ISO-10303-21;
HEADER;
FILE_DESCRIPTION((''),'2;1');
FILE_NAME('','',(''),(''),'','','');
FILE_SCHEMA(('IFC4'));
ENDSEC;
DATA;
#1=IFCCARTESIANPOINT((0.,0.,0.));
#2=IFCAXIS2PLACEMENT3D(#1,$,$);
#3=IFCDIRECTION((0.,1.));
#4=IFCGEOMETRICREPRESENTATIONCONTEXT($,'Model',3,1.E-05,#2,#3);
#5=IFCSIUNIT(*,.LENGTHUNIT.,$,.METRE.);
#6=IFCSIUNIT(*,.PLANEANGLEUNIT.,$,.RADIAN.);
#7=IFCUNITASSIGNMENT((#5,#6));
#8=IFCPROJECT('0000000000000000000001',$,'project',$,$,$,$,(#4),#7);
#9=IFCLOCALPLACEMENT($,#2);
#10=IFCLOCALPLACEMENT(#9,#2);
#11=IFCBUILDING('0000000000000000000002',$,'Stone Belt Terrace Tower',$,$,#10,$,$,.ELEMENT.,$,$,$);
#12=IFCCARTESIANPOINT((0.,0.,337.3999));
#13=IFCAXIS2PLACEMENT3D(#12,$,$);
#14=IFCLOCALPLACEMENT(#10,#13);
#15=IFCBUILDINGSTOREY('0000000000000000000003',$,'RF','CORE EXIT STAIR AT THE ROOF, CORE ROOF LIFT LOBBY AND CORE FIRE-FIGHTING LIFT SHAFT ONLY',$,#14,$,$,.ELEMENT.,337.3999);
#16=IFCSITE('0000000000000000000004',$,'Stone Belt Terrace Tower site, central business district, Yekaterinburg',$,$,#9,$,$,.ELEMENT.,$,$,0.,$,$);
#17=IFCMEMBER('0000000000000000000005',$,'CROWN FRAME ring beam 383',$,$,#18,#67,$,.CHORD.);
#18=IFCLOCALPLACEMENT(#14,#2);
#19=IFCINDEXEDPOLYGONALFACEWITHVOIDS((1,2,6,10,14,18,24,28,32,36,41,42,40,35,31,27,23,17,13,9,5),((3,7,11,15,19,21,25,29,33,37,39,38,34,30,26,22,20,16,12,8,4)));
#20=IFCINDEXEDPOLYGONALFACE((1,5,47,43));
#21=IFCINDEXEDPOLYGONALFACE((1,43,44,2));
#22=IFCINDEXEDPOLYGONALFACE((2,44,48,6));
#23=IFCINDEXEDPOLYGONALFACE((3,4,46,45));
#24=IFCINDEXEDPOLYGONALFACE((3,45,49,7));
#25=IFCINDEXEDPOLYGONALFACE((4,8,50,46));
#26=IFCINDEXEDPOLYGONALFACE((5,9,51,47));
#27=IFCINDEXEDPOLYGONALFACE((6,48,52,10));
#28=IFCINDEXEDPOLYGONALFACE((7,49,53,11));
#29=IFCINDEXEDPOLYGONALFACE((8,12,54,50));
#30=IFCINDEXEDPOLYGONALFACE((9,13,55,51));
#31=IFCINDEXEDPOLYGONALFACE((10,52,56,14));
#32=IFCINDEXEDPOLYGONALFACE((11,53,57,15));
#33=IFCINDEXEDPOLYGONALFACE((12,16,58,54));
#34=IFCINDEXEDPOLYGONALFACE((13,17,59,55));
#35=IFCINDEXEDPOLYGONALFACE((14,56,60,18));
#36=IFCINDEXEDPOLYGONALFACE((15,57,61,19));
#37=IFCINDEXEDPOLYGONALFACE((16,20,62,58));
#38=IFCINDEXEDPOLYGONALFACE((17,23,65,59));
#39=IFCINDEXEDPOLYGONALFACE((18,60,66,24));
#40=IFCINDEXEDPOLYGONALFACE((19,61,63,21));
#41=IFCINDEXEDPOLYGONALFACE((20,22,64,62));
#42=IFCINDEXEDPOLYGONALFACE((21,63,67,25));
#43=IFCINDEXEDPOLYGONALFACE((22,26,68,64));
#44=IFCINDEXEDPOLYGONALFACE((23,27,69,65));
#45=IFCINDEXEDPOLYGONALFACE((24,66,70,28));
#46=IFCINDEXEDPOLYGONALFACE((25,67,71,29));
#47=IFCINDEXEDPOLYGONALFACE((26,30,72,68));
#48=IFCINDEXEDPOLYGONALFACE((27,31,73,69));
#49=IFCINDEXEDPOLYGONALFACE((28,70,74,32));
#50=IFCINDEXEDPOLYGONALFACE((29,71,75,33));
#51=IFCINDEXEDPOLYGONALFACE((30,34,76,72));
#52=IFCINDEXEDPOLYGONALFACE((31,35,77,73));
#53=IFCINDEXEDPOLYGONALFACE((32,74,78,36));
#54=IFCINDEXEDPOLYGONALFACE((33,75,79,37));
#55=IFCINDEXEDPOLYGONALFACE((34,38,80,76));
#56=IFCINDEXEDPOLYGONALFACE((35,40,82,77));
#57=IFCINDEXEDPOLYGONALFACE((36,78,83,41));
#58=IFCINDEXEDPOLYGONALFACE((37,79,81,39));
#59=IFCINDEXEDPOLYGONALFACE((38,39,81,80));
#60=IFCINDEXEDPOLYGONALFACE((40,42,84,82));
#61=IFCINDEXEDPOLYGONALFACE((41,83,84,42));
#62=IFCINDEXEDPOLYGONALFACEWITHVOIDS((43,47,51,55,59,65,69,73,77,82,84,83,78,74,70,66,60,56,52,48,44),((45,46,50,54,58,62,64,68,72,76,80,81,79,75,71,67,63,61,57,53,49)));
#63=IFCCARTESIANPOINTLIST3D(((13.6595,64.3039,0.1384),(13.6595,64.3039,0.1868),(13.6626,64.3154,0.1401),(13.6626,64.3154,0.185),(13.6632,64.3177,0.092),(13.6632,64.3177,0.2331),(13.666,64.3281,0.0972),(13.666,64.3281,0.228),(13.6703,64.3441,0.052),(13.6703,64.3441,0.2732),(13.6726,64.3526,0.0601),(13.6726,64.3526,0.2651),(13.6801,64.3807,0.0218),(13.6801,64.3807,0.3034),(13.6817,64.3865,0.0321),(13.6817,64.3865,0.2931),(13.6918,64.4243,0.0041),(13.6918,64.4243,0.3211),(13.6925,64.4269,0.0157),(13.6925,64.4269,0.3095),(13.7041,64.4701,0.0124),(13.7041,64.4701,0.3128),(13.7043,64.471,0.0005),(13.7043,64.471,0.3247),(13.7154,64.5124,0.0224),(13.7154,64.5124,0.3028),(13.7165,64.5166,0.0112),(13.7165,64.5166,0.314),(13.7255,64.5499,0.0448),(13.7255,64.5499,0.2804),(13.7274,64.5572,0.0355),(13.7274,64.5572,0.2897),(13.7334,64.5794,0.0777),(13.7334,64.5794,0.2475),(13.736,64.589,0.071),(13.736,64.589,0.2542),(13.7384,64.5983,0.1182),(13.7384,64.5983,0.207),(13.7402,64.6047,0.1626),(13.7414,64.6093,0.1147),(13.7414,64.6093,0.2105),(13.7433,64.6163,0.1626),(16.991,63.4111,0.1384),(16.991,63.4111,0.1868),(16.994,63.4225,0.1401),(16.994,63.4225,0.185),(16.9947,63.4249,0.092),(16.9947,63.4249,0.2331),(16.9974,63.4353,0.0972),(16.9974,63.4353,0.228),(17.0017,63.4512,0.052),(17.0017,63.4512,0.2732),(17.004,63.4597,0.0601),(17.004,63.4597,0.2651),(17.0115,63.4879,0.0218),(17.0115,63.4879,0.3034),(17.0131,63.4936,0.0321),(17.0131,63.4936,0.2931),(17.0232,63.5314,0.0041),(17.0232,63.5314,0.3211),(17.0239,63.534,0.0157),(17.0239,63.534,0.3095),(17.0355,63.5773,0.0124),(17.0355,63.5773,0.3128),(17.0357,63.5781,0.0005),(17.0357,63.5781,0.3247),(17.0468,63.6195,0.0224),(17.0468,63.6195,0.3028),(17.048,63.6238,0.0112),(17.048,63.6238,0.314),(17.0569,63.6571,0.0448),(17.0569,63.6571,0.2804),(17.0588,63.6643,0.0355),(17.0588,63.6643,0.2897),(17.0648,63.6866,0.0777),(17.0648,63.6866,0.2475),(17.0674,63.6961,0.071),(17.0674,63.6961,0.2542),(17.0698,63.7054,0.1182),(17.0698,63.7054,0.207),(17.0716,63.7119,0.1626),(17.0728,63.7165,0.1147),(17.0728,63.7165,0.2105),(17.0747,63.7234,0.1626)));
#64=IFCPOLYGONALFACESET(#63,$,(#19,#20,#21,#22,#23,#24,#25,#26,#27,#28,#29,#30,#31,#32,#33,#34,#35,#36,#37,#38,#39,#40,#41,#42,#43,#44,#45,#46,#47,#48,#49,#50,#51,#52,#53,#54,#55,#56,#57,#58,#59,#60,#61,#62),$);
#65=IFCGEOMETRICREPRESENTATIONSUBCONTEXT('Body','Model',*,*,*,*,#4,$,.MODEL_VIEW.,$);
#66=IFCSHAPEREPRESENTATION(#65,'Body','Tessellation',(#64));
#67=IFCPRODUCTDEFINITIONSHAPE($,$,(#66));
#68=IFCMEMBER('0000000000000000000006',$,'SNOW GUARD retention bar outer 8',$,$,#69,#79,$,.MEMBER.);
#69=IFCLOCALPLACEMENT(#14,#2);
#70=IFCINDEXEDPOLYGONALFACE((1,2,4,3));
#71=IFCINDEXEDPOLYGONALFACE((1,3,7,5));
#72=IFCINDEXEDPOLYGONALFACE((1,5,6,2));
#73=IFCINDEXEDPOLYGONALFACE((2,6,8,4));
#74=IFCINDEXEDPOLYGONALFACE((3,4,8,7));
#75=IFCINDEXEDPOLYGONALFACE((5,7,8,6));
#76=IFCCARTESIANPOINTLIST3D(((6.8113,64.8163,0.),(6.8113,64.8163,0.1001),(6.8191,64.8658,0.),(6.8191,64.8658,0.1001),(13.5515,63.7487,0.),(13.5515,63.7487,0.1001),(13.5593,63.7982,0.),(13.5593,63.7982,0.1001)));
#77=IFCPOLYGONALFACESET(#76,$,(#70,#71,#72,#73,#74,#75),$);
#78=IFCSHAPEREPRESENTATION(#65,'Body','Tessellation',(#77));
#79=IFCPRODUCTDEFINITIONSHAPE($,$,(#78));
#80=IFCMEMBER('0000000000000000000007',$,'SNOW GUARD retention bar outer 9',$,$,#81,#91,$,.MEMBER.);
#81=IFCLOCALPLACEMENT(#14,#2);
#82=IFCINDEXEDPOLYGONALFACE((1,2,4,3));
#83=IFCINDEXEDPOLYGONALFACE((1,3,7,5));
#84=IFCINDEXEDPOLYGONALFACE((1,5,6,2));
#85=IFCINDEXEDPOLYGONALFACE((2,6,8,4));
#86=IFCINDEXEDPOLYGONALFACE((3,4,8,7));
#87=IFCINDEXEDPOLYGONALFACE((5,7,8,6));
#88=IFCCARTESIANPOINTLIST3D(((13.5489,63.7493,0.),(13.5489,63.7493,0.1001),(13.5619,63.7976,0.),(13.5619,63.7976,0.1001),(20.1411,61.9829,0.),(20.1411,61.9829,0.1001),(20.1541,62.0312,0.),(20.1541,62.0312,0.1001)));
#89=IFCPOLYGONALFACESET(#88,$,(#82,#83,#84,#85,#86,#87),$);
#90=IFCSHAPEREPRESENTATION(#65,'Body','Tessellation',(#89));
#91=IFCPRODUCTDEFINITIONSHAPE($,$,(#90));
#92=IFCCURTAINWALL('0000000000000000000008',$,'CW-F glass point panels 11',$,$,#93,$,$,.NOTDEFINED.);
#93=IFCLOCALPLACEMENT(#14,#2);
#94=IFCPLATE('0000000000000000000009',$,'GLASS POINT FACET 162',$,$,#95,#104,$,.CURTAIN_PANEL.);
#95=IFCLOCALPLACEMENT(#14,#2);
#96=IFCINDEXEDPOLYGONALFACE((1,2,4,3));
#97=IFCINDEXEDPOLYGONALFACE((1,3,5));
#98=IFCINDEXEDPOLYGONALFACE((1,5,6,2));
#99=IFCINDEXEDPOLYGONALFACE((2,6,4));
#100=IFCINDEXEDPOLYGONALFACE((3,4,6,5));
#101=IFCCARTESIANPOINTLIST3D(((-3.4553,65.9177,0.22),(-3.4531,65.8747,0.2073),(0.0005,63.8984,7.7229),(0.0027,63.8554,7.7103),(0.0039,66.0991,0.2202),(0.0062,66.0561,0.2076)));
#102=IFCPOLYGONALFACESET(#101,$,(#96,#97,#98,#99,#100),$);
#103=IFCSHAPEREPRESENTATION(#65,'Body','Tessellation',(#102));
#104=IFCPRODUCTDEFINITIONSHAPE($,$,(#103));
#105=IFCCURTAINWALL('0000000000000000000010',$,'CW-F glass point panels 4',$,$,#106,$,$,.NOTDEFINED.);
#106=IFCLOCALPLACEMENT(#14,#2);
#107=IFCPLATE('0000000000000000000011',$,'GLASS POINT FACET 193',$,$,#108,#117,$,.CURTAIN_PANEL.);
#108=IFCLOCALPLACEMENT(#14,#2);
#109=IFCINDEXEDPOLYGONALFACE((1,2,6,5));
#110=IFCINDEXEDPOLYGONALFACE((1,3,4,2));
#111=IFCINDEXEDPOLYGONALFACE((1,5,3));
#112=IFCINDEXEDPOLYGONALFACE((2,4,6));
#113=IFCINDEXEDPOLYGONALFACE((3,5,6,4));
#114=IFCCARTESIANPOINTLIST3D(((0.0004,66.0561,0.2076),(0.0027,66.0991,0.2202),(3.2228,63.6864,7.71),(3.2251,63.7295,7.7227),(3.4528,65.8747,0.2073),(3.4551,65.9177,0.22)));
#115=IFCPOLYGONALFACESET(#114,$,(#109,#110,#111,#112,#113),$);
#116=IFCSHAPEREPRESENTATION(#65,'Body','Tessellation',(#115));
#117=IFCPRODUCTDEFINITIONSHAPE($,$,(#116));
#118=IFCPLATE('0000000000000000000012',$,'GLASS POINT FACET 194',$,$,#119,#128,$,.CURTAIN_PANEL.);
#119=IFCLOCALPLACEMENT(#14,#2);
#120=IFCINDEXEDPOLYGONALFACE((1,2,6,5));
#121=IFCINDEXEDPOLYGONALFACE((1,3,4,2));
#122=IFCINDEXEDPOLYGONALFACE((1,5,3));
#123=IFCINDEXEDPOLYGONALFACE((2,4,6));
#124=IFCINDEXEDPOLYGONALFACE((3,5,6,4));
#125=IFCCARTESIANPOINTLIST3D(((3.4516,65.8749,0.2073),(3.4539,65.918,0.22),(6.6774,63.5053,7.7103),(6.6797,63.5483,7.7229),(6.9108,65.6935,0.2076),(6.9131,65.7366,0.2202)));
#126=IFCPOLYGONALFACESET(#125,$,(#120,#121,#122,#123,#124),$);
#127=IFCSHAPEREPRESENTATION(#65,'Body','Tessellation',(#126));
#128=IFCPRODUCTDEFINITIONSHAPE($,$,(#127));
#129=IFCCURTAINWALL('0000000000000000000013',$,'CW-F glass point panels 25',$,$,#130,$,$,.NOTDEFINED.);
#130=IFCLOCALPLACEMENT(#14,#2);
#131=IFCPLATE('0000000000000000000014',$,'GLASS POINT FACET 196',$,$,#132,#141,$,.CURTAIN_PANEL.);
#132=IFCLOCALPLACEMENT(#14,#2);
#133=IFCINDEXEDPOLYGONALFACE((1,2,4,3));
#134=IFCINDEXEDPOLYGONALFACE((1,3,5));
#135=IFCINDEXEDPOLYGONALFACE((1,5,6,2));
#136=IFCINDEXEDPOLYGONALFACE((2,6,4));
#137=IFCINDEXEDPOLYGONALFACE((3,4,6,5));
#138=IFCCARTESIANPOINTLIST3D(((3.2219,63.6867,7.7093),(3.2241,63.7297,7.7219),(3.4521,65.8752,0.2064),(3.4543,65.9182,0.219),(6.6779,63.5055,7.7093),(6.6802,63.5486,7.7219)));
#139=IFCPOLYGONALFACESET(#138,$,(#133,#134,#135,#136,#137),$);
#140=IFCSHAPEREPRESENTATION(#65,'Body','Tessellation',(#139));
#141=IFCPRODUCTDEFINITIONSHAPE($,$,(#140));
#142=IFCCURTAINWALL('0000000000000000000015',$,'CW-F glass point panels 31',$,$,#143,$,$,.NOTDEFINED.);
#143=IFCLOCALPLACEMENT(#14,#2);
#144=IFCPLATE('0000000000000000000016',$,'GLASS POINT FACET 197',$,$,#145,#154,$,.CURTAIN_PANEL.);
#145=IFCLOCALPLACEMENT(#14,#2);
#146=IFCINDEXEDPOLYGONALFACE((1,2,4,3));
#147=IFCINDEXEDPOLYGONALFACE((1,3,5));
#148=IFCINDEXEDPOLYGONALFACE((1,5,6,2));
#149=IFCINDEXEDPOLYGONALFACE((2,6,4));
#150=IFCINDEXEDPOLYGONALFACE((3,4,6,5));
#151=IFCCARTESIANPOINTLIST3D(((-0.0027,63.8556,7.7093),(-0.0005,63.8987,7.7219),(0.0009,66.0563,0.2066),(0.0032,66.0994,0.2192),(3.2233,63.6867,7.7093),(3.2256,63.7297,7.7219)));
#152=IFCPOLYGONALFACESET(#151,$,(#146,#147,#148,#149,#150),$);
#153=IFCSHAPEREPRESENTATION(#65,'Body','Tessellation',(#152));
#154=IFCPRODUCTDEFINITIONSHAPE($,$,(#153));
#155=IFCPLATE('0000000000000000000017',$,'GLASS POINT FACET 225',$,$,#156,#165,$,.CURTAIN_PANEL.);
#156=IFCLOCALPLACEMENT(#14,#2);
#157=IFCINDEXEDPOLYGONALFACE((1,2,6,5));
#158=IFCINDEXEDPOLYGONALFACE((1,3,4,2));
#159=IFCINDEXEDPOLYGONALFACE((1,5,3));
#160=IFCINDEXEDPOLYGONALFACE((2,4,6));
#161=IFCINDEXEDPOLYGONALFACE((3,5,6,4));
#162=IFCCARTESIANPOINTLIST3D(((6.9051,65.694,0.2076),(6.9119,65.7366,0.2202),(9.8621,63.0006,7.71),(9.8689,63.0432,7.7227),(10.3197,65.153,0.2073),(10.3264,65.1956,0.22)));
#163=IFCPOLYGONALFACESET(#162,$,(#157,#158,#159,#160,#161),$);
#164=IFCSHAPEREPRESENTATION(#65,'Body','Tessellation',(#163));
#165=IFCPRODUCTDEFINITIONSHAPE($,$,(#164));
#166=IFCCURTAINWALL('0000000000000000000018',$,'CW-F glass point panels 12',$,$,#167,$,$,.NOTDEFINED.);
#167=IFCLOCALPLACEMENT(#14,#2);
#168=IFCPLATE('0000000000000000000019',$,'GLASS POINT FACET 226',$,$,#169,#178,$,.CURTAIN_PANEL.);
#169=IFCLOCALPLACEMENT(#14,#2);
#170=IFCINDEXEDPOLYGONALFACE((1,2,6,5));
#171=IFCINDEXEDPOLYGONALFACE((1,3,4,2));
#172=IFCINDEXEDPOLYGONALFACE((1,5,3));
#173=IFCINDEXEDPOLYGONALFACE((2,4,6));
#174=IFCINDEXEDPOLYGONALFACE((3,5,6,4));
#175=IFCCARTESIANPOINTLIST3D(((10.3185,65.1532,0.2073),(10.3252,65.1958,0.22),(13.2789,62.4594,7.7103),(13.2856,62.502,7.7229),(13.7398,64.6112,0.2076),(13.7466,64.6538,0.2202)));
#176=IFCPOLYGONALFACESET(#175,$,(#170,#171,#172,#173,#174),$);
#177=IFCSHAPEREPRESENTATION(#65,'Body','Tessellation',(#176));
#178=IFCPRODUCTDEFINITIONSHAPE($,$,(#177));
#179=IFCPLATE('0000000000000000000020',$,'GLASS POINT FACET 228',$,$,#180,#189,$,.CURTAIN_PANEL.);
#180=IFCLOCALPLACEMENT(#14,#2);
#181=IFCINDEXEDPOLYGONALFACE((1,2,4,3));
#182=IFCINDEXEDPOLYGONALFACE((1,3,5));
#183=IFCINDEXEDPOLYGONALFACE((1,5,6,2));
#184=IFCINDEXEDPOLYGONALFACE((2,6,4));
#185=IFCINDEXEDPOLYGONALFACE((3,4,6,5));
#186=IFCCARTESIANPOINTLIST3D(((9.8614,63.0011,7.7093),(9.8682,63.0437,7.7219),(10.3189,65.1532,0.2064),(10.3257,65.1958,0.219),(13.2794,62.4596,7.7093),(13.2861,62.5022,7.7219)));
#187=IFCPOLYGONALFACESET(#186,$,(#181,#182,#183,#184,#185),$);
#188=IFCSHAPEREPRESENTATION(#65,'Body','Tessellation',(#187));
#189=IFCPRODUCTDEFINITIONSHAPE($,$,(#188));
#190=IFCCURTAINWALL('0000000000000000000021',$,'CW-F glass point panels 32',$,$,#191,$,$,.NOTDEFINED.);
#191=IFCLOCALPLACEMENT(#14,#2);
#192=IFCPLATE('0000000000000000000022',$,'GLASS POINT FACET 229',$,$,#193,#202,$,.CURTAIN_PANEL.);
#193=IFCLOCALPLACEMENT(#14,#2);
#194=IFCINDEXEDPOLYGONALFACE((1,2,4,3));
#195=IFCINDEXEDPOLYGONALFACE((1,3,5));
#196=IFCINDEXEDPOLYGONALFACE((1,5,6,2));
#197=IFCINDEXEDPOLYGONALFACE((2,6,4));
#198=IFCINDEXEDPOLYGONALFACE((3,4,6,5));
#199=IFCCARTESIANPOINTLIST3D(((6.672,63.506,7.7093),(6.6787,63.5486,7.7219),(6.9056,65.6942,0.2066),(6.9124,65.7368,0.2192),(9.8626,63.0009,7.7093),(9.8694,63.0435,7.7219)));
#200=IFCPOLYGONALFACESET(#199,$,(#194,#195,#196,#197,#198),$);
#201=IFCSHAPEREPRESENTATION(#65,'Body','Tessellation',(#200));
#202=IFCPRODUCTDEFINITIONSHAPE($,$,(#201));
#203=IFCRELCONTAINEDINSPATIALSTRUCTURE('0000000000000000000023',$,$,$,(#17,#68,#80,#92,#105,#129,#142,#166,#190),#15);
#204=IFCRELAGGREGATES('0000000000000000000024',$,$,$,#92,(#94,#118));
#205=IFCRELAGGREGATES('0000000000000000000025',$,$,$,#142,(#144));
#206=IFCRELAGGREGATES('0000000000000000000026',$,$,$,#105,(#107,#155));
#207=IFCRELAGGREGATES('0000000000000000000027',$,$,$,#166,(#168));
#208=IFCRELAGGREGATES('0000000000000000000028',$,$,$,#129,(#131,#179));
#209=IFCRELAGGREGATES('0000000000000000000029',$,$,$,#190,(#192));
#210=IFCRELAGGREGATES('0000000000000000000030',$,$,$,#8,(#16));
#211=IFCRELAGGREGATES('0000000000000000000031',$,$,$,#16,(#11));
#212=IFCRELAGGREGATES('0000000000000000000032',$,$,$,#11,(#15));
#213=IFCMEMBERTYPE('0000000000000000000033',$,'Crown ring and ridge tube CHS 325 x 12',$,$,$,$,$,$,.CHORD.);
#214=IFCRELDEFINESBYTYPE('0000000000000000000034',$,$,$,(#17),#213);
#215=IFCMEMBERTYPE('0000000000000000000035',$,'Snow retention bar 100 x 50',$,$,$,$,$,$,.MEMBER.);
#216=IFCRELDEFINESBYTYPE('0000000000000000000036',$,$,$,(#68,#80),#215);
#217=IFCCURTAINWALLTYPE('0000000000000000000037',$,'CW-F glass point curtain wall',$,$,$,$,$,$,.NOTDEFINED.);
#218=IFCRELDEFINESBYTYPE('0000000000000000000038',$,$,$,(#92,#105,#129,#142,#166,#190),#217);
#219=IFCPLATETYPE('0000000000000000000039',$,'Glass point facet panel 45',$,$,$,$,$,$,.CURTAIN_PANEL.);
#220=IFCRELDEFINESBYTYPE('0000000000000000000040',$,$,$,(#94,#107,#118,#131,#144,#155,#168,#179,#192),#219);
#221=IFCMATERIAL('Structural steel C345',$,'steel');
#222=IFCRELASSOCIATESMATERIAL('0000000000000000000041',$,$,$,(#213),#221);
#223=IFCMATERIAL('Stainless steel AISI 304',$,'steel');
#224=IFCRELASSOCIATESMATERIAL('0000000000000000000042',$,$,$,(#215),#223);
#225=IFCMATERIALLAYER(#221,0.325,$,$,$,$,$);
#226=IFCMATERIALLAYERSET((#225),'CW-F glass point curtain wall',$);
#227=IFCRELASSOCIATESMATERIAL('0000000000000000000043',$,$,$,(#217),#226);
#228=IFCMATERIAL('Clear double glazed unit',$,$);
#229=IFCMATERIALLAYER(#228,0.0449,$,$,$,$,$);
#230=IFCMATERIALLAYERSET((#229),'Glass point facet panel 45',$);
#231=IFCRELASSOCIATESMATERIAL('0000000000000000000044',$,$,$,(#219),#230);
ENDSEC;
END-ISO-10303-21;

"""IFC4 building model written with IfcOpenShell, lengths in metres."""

from ifc_helpers import new_model, si_unit, direction, frame, origin, origin_2d, place, context, subcontext, project, spatial, polyline, rectangle, hollow_circle, outline, extrude, material, layer, layer_set, material_profile, profile_set, type_object, element, aggregate, save


model = new_model("IFC4")

# Units and contexts
model_context = context("Model", 3, precision=1e-05, world=origin(), true_north=direction((0.0, 1.0)))
body_context = subcontext(model_context, "Body", "Model", "MODEL_VIEW")
ifc_project = project(units=[si_unit("LENGTHUNIT", "METRE"), si_unit("PLANEANGLEUNIT", "RADIAN")], contexts=[model_context])

# Site, building, storey
site_placement = place(None, origin())
site = spatial("IfcSite", under=ifc_project, at=site_placement, Name="Stone Belt Terrace Tower site, central business district, Yekaterinburg", CompositionType="ELEMENT", RefElevation=0.0)
building_placement = place(site_placement, origin())
building = spatial("IfcBuilding", under=site, at=building_placement, Name="Stone Belt Terrace Tower", CompositionType="ELEMENT")
storey_placement = place(building_placement, frame((0.0, 0.0, 337.3999)))
storey = spatial("IfcBuildingStorey", under=building, at=storey_placement, Name="RF", Description="CORE EXIT STAIR AT THE ROOF, CORE ROOF LIFT LOBBY AND CORE FIRE-FIGHTING LIFT SHAFT ONLY", CompositionType="ELEMENT", Elevation=337.3999)

# Members
ifc_material_1 = material(Name="Structural steel C345", Category="steel")
ifc_material_profile_1 = material_profile(ifc_material_1, hollow_circle(Radius=0.1626, WallThickness=0.012, at=origin_2d()), Name="Structural steel C345 CHS 325x12")
ifc_profile_set_1 = profile_set([ifc_material_profile_1], Name="Structural steel C345")
member_type_1 = type_object("IfcMemberType", Name="Crown ring and ridge tube CHS 325 x 12", PredefinedType="CHORD", material=ifc_profile_set_1)
for number, where, z_axis, x_axis, name in (
    (1, (13.7012, 64.4592, 0.1626), (0.965911, -0.258874, 0.0), (0.258874, 0.965911, 0.0), "CROWN FRAME ring beam 383"),
):
    element("IfcMember", number, at=place(storey_placement, frame(where, z_axis=z_axis, x_axis=x_axis)), inside=storey, type_object=member_type_1, Name=name, PredefinedType="CHORD", context=body_context, shape_type="SweptSolid", body=[
        extrude(hollow_circle(Radius=0.1626, WallThickness=0.012, at=origin_2d()), origin(), (0.0, 0.0, 1.0), 3.449),
    ])
ifc_material_2 = material(Name="Stainless steel AISI 304", Category="steel")
ifc_material_profile_2 = material_profile(ifc_material_2, rectangle(XDim=0.05, YDim=0.1001, at=origin_2d()), Name="Stainless steel AISI 304 100x50")
ifc_profile_set_2 = profile_set([ifc_material_profile_2], Name="Stainless steel AISI 304")
member_type_2 = type_object("IfcMemberType", Name="Snow retention bar 100 x 50", PredefinedType="MEMBER", material=ifc_profile_set_2)
member_1_placement = place(storey_placement, frame((6.8152, 64.8411, 0.05), z_axis=(0.987687, -0.156446, 0.0), x_axis=(0.156446, 0.987687, 0.0)))
element("IfcMember", 2, at=member_1_placement, inside=storey, type_object=member_type_2, Name="SNOW GUARD retention bar outer 8", PredefinedType="MEMBER", context=body_context, shape_type="SweptSolid", body=[
    extrude(rectangle(XDim=0.05, YDim=0.1001, at=origin_2d()), origin(), (0.0, 0.0, 1.0), 6.8242),
])
member_2_placement = place(storey_placement, frame((13.5554, 63.7734, 0.05), z_axis=(0.965925, -0.258823, 0.0), x_axis=(0.258823, 0.965925, 0.0)))
element("IfcMember", 3, at=member_2_placement, inside=storey, type_object=member_type_2, Name="SNOW GUARD retention bar outer 9", PredefinedType="MEMBER", context=body_context, shape_type="SweptSolid", body=[
    extrude(rectangle(XDim=0.05, YDim=0.1001, at=origin_2d()), origin(), (0.0, 0.0, 1.0), 6.8247),
])

# Curtain walls, plates
ifc_layer_1 = layer(ifc_material_1, 0.325)
ifc_layer_set_1 = layer_set([ifc_layer_1], Name="CW-F glass point curtain wall")
curtain_wall_type = type_object("IfcCurtainWallType", Name="CW-F glass point curtain wall", PredefinedType="NOTDEFINED", material=ifc_layer_set_1)
curtain_wall_1_placement = place(storey_placement, origin())
curtain_wall_1 = element("IfcCurtainWall", 4, at=curtain_wall_1_placement, inside=storey, type_object=curtain_wall_type, Name="CW-F glass point panels 11", PredefinedType="NOTDEFINED")
ifc_material_3 = material(Name="Clear double glazed unit")
ifc_layer_2 = layer(ifc_material_3, 0.0449)
ifc_layer_set_2 = layer_set([ifc_layer_2], Name="Glass point facet panel 45")
plate_type = type_object("IfcPlateType", Name="Glass point facet panel 45", PredefinedType="CURTAIN_PANEL", material=ifc_layer_set_2)
plate_1_placement = place(storey_placement, frame((0.0039, 66.0991, 0.2202), z_axis=(-0.050275, 0.958365, 0.281084), x_axis=(-0.000437, -0.281461, 0.959572)))
plate_1 = element("IfcPlate", 5, at=plate_1_placement, type_object=plate_type, Name="GLASS POINT FACET 162", PredefinedType="CURTAIN_PANEL", context=body_context, shape_type="SweptSolid", body=[
    extrude(outline(polyline([(0.0, 0.0), (7.8188, 0.0), (0.0523, -3.4636), (0.0, 0.0)])), origin(), (0.0, 0.0, -1.0), 0.0449),
])
curtain_wall_2_placement = place(storey_placement, origin())
curtain_wall_2 = element("IfcCurtainWall", 6, at=curtain_wall_2_placement, inside=storey, type_object=curtain_wall_type, Name="CW-F glass point panels 4", PredefinedType="NOTDEFINED")
plate_2_placement = place(storey_placement, frame((0.0027, 66.0991, 0.2202), z_axis=(0.050375, 0.958367, 0.281061), x_axis=(0.998623, -0.05247, -0.000071)))
plate_2 = element("IfcPlate", 7, at=plate_2_placement, type_object=plate_type, Name="GLASS POINT FACET 193", PredefinedType="CURTAIN_PANEL", context=body_context, shape_type="SweptSolid", body=[
    extrude(outline(polyline([(0.0, 0.0), (3.4572, 0.0), (3.3418, -7.8178), (0.0, 0.0)])), origin(), (0.0, 0.0, -1.0), 0.0449),
])

# Plate
plate_3_placement = place(storey_placement, frame((6.9131, 65.7366, 0.2202), z_axis=(0.050235, 0.958369, 0.28108), x_axis=(-0.029851, -0.279869, 0.959574)))
plate_3 = element("IfcPlate", 8, at=plate_3_placement, type_object=plate_type, Name="GLASS POINT FACET 194", PredefinedType="CURTAIN_PANEL", context=body_context, shape_type="SweptSolid", body=[
    extrude(outline(polyline([(0.0, 0.0), (7.8188, 0.0), (0.0523, -3.4636), (0.0, 0.0)])), origin(), (0.0, 0.0, -1.0), 0.0449),
])
aggregate(curtain_wall_1, [plate_1, plate_3])

# Curtain walls, plates
curtain_wall_3_placement = place(storey_placement, origin())
curtain_wall_3 = element("IfcCurtainWall", 9, at=curtain_wall_3_placement, inside=storey, type_object=curtain_wall_type, Name="CW-F glass point panels 25", PredefinedType="NOTDEFINED")
plate_4_placement = place(storey_placement, frame((3.4543, 65.9182, 0.219), z_axis=(0.050234, 0.958368, 0.281081), x_axis=(0.379339, -0.278654, 0.8823)))
plate_4 = element("IfcPlate", 10, at=plate_4_placement, type_object=plate_type, Name="GLASS POINT FACET 196", PredefinedType="CURTAIN_PANEL", context=body_context, shape_type="SweptSolid", body=[
    extrude(outline(polyline([(0.0, 0.0), (8.5038, 0.0), (7.1423, -3.1817), (0.0, 0.0)])), origin(), (0.0, 0.0, -1.0), 0.0449),
])
curtain_wall_4_placement = place(storey_placement, origin())
curtain_wall_4 = element("IfcCurtainWall", 11, at=curtain_wall_4_placement, inside=storey, type_object=curtain_wall_type, Name="CW-F glass point panels 31", PredefinedType="NOTDEFINED")
plate_5_placement = place(storey_placement, frame((0.0032, 66.0994, 0.2192), z_axis=(0.050188, 0.958357, 0.281129), x_axis=(0.379004, -0.278704, 0.882428)))
plate_5 = element("IfcPlate", 12, at=plate_5_placement, type_object=plate_type, Name="GLASS POINT FACET 197", PredefinedType="CURTAIN_PANEL", context=body_context, shape_type="SweptSolid", body=[
    extrude(outline(polyline([(0.0, 0.0), (8.5023, 0.0), (7.2325, -2.9705), (0.0, 0.0)])), origin(), (0.0, 0.0, -1.0), 0.0449),
])
aggregate(curtain_wall_4, [plate_5])

# Plate
plate_6_placement = place(storey_placement, frame((6.9119, 65.7366, 0.2202), z_axis=(0.150203, 0.947858, 0.281078), x_axis=(0.987679, -0.156492, -0.000071)))
plate_6 = element("IfcPlate", 13, at=plate_6_placement, type_object=plate_type, Name="GLASS POINT FACET 225", PredefinedType="CURTAIN_PANEL", context=body_context, shape_type="SweptSolid", body=[
    extrude(outline(polyline([(0.0, 0.0), (3.4571, 0.0), (3.3416, -7.8179), (0.0, 0.0)])), origin(), (0.0, 0.0, -1.0), 0.0449),
])
aggregate(curtain_wall_2, [plate_2, plate_6])

# Curtain wall, plate
curtain_wall_5_placement = place(storey_placement, origin())
curtain_wall_5 = element("IfcCurtainWall", 14, at=curtain_wall_5_placement, inside=storey, type_object=curtain_wall_type, Name="CW-F glass point panels 12", PredefinedType="NOTDEFINED")
plate_7_placement = place(storey_placement, frame((13.7466, 64.6538, 0.2202), z_axis=(0.150134, 0.947867, 0.281083), x_axis=(-0.058953, -0.275216, 0.959573)))
plate_7 = element("IfcPlate", 15, at=plate_7_placement, type_object=plate_type, Name="GLASS POINT FACET 226", PredefinedType="CURTAIN_PANEL", context=body_context, shape_type="SweptSolid", body=[
    extrude(outline(polyline([(0.0, 0.0), (7.8188, 0.0), (0.0523, -3.4637), (0.0, 0.0)])), origin(), (0.0, 0.0, -1.0), 0.0449),
])
aggregate(curtain_wall_5, [plate_7])

# Plate
plate_8_placement = place(storey_placement, frame((10.3257, 65.1958, 0.219), z_axis=(0.15017, 0.947874, 0.28104), x_axis=(0.348135, -0.316755, 0.882309)))
plate_8 = element("IfcPlate", 16, at=plate_8_placement, type_object=plate_type, Name="GLASS POINT FACET 228", PredefinedType="CURTAIN_PANEL", context=body_context, shape_type="SweptSolid", body=[
    extrude(outline(polyline([(0.0, 0.0), (8.5037, 0.0), (7.1423, -3.1815), (0.0, 0.0)])), origin(), (0.0, 0.0, -1.0), 0.0449),
])
aggregate(curtain_wall_3, [plate_4, plate_8])

# Curtain wall, plate
curtain_wall_6_placement = place(storey_placement, origin())
curtain_wall_6 = element("IfcCurtainWall", 17, at=curtain_wall_6_placement, inside=storey, type_object=curtain_wall_type, Name="CW-F glass point panels 32", PredefinedType="NOTDEFINED")
plate_9_placement = place(storey_placement, frame((6.9124, 65.7368, 0.2192), z_axis=(0.15006, 0.947866, 0.281127), x_axis=(0.347793, -0.316781, 0.882434)))
plate_9 = element("IfcPlate", 18, at=plate_9_placement, type_object=plate_type, Name="GLASS POINT FACET 229", PredefinedType="CURTAIN_PANEL", context=body_context, shape_type="SweptSolid", body=[
    extrude(outline(polyline([(0.0, 0.0), (8.5023, 0.0), (7.2326, -2.9704), (0.0, 0.0)])), origin(), (0.0, 0.0, -1.0), 0.0449),
])

aggregate(curtain_wall_6, [plate_9])

save(model, "model.ifc")
